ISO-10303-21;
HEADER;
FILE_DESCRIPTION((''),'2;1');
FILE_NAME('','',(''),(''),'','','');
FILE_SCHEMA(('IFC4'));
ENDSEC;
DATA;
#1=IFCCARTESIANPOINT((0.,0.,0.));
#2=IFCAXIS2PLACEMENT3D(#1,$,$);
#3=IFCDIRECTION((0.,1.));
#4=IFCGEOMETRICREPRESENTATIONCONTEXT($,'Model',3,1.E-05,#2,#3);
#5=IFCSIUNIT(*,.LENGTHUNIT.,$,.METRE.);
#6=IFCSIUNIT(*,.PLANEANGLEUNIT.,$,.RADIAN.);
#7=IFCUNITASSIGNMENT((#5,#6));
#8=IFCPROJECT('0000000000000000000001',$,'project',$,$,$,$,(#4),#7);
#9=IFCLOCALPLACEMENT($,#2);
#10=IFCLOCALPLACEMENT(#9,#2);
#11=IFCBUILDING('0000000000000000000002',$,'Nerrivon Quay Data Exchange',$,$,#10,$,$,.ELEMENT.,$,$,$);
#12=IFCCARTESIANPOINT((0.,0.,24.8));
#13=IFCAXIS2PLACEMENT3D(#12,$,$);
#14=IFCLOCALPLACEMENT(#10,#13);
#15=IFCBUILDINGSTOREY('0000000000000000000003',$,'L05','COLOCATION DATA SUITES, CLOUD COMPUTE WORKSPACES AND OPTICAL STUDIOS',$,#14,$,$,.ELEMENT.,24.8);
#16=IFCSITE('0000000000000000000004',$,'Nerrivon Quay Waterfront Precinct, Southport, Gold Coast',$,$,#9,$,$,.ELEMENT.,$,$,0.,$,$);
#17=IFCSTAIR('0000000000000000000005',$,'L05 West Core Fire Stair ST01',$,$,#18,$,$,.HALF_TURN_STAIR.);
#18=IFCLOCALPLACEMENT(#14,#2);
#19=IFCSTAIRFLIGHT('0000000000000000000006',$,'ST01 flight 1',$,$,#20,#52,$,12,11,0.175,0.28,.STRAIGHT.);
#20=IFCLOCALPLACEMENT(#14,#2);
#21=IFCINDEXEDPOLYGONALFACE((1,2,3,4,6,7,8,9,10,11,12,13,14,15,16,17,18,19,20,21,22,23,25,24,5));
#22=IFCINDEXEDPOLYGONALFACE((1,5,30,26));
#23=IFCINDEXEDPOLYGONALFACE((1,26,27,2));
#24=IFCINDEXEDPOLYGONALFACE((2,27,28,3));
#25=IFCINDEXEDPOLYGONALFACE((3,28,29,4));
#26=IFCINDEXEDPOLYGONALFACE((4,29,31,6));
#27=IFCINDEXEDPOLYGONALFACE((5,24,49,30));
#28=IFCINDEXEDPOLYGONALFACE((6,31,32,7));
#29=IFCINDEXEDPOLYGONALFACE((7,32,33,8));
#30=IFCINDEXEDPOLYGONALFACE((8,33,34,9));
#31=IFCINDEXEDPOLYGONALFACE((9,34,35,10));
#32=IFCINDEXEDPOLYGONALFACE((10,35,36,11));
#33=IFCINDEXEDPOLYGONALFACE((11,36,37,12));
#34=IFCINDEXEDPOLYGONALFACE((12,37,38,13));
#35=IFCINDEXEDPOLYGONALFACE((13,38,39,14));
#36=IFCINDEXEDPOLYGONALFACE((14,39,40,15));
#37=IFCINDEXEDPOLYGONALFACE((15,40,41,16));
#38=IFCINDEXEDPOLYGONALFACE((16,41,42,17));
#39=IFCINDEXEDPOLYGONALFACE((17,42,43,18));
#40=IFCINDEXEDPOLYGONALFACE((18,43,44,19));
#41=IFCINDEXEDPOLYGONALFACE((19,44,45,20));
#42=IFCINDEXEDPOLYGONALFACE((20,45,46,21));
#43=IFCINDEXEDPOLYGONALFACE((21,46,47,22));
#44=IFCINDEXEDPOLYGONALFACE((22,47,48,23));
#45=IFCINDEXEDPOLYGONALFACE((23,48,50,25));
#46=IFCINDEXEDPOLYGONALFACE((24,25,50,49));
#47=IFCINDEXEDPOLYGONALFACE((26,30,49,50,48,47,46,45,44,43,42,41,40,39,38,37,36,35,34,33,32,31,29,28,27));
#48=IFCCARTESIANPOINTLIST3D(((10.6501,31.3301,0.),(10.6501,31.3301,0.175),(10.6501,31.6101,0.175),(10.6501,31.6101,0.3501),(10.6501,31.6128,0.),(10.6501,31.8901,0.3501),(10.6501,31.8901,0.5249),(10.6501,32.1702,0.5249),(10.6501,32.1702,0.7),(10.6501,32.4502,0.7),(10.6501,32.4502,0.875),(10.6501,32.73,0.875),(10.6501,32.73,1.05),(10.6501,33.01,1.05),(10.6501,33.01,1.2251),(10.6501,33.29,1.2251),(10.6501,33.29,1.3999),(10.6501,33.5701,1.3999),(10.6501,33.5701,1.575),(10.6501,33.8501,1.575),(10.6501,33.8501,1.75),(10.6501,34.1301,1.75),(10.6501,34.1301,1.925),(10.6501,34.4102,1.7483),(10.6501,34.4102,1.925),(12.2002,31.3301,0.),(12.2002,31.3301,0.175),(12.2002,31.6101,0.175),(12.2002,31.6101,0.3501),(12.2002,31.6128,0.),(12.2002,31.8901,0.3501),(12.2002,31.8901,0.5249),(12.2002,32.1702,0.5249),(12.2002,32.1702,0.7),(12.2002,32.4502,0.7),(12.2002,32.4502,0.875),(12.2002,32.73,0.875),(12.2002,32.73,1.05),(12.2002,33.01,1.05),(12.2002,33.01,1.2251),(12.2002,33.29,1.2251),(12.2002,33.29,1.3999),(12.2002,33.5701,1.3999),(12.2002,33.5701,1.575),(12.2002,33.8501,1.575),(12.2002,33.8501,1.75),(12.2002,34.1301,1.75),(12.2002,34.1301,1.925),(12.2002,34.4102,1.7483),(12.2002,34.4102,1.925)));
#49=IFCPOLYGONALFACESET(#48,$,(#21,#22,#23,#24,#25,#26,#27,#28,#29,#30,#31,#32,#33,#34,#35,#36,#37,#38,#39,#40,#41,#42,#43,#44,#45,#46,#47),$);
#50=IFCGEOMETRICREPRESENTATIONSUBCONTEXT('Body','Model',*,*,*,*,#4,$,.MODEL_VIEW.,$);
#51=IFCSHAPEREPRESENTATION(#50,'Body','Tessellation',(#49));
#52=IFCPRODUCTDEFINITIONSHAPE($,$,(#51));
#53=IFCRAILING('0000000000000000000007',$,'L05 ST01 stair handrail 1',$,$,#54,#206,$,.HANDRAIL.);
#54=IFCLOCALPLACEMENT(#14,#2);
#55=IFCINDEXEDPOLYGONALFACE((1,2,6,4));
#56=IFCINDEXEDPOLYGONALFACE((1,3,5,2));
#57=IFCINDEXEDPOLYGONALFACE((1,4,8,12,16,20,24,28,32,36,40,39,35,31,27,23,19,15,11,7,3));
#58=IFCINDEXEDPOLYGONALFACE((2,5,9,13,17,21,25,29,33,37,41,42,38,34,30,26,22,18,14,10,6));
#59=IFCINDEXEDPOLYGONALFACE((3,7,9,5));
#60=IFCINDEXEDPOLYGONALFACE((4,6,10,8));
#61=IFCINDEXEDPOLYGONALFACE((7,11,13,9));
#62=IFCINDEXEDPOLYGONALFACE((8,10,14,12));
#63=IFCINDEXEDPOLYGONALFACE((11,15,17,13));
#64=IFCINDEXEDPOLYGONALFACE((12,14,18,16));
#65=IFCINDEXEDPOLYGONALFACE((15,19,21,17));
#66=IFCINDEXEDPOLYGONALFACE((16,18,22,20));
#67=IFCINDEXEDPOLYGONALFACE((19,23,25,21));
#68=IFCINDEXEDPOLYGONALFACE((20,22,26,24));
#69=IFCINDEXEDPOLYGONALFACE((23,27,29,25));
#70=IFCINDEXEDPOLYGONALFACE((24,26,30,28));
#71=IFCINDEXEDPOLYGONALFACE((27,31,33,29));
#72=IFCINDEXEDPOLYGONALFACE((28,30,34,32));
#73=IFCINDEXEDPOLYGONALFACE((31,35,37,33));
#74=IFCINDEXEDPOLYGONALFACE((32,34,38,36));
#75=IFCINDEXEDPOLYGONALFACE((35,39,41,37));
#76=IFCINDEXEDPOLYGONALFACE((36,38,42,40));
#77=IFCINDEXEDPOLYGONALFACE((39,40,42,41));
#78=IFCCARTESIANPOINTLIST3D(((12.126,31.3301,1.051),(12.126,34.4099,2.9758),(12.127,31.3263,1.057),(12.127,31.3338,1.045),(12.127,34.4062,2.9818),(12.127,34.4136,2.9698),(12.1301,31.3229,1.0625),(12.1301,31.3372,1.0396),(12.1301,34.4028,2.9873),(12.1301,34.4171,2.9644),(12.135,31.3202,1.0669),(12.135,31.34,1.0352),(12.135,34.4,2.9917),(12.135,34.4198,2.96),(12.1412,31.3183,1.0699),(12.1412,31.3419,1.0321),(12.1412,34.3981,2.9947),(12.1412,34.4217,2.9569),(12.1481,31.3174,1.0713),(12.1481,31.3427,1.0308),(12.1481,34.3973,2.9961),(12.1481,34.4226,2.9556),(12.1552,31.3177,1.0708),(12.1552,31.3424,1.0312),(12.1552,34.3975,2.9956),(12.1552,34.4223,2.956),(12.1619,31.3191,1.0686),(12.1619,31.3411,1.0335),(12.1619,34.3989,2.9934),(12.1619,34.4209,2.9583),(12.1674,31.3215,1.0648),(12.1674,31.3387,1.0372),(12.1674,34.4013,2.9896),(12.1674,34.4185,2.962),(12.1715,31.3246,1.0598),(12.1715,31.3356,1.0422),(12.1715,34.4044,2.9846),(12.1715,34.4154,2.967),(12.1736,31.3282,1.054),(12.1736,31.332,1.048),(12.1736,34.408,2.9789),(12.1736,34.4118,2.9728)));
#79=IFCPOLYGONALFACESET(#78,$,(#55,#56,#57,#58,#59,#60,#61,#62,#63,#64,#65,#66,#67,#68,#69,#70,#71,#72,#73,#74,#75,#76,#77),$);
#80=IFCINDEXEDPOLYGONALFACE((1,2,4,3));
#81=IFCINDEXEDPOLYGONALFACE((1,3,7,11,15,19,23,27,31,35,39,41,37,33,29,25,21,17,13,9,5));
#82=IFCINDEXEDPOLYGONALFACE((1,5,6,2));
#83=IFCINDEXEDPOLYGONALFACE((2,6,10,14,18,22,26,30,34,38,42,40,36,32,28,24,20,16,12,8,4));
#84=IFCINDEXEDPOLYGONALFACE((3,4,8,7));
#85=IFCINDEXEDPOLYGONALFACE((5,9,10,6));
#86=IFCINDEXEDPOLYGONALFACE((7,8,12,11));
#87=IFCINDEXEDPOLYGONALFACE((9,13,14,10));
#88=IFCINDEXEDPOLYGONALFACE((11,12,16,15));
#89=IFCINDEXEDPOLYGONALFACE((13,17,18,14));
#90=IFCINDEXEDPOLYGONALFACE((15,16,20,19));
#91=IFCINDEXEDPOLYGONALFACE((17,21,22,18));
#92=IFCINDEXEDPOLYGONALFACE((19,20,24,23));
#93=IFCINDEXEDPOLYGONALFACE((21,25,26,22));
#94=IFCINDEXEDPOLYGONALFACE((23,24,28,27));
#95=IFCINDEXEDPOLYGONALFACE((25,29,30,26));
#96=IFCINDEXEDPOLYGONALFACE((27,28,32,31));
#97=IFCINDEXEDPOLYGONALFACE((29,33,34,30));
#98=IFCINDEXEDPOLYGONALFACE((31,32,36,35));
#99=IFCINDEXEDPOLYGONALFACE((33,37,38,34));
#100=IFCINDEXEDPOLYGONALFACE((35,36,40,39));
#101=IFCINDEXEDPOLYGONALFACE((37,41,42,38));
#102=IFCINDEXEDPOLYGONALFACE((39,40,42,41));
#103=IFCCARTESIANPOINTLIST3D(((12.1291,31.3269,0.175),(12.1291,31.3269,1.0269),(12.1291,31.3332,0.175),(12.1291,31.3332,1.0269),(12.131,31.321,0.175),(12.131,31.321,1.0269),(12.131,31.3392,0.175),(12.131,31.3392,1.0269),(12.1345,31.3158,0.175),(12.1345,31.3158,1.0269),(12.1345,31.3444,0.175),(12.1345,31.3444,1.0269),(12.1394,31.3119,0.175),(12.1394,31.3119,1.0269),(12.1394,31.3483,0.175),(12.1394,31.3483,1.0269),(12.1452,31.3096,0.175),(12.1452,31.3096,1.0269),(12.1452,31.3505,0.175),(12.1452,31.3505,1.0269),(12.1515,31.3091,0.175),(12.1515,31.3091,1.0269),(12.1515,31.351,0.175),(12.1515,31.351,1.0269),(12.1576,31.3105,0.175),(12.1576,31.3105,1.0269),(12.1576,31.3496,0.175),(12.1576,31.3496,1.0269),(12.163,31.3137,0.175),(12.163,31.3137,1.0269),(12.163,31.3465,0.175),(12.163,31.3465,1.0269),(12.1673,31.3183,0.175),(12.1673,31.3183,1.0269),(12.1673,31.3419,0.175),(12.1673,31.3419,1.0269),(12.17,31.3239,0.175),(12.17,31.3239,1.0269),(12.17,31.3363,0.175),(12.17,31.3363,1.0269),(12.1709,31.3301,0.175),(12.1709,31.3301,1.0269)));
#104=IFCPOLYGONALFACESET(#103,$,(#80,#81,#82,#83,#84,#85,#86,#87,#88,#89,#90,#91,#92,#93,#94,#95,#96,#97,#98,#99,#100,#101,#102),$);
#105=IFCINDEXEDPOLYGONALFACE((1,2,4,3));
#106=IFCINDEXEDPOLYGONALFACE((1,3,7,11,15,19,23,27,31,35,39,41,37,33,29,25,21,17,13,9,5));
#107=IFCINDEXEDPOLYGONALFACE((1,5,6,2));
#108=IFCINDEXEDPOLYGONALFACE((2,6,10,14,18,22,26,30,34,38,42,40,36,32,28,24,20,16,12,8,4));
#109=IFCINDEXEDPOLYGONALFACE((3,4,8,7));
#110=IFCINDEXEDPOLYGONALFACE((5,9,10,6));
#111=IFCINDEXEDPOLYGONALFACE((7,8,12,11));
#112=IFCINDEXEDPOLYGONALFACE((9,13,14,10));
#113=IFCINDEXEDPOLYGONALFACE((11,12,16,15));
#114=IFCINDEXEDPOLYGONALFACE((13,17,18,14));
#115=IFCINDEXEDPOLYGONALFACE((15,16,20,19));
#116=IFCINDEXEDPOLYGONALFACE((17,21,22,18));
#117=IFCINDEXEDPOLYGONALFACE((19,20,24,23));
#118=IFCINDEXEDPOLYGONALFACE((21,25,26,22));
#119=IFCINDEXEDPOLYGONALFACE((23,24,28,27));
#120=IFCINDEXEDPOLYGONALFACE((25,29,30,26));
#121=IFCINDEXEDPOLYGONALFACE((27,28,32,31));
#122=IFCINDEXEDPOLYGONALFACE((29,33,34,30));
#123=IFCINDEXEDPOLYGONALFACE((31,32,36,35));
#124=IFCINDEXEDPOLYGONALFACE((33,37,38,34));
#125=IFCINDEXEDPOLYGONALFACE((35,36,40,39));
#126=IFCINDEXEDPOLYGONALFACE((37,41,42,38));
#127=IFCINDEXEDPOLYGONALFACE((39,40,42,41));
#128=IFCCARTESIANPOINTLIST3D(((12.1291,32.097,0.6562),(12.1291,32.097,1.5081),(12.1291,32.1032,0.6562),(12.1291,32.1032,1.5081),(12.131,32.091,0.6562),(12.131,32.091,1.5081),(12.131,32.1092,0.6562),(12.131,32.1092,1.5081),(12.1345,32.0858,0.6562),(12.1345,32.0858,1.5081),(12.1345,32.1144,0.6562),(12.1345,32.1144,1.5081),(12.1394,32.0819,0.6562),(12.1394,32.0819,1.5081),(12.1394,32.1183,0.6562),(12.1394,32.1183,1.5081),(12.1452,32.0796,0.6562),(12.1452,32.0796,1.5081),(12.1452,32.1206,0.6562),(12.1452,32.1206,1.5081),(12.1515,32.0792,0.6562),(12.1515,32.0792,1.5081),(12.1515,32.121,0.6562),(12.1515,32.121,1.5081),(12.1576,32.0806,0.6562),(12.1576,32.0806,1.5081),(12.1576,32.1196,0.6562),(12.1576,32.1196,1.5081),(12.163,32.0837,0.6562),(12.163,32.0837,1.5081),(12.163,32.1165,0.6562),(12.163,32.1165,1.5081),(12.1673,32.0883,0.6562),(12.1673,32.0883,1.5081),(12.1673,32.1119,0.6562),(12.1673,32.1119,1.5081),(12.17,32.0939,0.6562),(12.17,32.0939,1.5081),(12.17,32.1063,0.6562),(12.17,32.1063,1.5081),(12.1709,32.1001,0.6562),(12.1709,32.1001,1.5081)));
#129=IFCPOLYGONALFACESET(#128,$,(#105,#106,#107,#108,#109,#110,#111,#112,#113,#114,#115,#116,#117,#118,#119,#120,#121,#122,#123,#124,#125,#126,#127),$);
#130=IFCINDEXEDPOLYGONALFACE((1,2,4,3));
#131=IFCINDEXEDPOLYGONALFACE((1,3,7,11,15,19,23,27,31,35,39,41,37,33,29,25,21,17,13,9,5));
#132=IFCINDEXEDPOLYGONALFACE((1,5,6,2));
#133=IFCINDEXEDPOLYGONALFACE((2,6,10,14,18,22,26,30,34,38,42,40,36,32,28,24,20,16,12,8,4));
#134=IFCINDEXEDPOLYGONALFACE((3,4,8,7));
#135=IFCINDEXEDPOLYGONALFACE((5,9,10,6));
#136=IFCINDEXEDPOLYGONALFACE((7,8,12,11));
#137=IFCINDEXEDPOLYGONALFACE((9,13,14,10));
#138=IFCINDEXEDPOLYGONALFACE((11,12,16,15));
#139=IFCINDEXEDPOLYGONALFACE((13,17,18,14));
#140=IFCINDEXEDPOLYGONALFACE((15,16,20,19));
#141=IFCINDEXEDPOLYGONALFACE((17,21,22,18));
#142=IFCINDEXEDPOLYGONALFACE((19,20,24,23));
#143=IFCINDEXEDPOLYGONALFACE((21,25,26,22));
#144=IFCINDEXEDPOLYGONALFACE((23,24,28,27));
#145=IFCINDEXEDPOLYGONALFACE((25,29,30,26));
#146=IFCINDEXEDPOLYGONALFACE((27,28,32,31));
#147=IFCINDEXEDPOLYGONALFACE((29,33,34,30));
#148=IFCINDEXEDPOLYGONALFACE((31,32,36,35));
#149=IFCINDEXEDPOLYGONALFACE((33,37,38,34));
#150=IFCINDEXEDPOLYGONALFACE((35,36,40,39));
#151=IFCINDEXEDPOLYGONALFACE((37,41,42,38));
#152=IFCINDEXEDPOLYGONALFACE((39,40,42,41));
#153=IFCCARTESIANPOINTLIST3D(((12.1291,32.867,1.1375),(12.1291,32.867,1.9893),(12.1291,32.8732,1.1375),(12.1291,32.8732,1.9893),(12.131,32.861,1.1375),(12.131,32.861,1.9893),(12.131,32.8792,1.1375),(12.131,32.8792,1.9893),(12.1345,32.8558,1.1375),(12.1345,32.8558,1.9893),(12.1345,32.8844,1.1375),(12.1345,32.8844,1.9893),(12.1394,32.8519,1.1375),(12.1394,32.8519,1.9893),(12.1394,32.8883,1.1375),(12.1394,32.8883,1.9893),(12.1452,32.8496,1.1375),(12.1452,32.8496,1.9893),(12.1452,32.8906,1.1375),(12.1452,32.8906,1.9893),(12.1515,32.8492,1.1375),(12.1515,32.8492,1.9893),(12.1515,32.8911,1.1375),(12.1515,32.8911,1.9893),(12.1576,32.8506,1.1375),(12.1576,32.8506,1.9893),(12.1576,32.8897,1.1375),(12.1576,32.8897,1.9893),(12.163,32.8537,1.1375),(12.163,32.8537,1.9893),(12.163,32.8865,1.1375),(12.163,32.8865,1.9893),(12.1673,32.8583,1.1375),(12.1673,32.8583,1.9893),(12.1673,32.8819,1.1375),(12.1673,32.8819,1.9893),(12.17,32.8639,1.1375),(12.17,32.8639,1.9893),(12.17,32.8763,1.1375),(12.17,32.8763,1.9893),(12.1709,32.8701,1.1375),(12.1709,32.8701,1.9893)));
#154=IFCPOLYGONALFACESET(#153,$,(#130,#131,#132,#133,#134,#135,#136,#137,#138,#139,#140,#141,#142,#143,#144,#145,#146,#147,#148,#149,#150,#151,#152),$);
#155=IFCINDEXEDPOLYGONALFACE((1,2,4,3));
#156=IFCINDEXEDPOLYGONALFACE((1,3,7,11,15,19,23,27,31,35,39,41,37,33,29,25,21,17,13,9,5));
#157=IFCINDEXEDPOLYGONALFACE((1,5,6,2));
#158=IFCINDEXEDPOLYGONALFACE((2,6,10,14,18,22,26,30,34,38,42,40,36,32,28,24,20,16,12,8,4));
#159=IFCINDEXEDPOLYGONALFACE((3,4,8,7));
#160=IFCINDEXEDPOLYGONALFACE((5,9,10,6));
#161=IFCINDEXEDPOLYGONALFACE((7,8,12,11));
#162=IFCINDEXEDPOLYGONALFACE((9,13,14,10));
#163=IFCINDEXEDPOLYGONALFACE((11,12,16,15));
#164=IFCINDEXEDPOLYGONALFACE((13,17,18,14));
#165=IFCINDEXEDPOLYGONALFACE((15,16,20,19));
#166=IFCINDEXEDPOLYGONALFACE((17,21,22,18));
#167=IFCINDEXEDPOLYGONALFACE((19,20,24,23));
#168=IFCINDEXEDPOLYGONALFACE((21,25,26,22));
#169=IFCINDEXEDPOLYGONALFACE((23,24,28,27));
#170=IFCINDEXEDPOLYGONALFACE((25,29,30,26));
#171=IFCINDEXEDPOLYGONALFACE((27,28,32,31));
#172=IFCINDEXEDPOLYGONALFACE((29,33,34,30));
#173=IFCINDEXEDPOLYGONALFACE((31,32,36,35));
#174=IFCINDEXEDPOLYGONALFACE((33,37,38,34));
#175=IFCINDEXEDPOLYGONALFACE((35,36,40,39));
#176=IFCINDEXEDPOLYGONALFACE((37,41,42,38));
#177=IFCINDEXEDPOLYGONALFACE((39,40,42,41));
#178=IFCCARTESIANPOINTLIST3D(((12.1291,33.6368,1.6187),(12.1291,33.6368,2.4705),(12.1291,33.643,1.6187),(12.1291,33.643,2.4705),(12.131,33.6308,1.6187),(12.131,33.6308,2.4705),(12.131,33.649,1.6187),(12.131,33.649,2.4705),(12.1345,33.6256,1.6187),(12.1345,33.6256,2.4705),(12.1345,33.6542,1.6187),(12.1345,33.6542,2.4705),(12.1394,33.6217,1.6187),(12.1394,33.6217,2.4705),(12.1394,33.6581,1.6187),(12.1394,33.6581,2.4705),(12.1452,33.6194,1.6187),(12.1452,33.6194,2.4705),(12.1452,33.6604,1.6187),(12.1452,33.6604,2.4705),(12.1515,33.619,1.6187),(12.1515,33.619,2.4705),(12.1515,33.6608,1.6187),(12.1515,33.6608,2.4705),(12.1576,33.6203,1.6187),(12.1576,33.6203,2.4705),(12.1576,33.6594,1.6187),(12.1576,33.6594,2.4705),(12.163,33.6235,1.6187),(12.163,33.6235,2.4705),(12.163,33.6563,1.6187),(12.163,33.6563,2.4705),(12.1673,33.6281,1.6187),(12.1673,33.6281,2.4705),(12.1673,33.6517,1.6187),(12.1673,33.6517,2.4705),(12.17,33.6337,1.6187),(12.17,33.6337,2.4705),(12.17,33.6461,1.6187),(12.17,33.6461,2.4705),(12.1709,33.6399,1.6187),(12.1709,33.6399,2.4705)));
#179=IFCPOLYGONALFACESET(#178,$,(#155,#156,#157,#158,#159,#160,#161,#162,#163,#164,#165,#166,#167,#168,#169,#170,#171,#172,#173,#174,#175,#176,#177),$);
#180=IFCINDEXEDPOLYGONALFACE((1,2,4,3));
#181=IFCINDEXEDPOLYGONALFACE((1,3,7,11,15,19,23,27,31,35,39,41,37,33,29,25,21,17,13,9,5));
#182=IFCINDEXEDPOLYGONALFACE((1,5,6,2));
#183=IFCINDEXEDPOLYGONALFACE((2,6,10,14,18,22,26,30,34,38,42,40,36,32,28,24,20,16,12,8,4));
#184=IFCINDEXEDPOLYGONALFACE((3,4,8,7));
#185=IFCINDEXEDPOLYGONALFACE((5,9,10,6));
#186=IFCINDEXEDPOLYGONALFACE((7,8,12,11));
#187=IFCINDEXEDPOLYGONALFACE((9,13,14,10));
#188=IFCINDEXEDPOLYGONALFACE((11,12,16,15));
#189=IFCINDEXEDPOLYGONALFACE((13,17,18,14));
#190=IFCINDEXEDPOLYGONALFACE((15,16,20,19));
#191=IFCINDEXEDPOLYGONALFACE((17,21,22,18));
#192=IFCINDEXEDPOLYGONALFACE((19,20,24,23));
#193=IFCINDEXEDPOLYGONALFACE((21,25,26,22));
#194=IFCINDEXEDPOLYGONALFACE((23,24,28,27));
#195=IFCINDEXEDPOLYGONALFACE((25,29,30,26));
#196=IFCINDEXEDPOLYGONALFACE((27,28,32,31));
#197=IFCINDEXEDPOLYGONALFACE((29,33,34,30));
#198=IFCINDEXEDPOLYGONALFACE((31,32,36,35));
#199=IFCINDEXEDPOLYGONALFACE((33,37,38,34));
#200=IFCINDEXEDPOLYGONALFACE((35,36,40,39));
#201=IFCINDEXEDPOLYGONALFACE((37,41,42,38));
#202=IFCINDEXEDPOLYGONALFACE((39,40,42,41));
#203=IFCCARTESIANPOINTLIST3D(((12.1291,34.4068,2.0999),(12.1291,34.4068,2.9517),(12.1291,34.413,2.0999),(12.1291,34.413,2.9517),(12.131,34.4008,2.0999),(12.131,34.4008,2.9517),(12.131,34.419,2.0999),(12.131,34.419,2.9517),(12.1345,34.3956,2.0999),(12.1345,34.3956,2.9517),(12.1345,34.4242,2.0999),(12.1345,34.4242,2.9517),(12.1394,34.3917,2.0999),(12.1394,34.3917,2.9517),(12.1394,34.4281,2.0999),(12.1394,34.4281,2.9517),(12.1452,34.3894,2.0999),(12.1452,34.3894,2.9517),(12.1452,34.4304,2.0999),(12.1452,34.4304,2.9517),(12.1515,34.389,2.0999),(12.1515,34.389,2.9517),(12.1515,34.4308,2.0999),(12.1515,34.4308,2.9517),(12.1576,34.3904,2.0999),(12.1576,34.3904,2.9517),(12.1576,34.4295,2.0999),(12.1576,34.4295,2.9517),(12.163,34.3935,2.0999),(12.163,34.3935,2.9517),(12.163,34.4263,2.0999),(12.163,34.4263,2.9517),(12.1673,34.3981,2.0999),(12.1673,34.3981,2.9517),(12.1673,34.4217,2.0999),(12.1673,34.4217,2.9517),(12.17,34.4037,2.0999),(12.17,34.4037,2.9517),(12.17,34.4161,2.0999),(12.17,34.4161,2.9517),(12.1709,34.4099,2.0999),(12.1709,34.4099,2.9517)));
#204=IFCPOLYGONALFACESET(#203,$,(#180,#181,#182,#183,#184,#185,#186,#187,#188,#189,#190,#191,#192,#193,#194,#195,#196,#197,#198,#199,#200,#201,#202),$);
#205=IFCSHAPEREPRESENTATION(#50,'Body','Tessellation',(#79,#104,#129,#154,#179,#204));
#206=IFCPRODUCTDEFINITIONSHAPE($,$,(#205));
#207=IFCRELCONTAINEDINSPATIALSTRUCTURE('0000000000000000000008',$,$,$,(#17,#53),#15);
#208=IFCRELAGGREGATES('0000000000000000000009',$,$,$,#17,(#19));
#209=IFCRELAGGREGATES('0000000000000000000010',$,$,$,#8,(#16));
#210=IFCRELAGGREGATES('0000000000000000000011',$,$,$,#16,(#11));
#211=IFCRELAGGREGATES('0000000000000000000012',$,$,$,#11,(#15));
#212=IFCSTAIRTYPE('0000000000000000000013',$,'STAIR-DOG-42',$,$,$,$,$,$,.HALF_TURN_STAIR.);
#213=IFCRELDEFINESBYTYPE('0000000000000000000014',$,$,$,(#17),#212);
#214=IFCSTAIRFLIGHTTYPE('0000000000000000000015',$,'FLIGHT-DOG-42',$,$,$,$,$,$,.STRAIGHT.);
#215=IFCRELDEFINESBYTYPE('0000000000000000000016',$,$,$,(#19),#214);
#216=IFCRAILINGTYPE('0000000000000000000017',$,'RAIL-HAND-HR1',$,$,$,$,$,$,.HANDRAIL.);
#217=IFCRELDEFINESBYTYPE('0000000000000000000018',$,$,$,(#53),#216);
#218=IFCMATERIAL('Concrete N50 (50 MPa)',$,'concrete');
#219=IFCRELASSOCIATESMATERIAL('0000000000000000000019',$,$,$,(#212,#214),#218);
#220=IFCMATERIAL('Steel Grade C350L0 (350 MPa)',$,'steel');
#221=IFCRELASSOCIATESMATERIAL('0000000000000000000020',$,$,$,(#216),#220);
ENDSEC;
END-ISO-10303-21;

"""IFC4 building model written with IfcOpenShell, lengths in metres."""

from ifc_helpers import new_model, si_unit, direction, frame, origin, origin_2d, place, context, subcontext, project, spatial, polyline, circle, outline, extrude, material, type_object, element, aggregate, save


model = new_model("IFC4")

# Units and contexts
model_context = context("Model", 3, precision=1e-05, world=origin(), true_north=direction((0.0, 1.0)))
body_context = subcontext(model_context, "Body", "Model", "MODEL_VIEW")
ifc_project = project(units=[si_unit("LENGTHUNIT", "METRE"), si_unit("PLANEANGLEUNIT", "RADIAN")], contexts=[model_context])

# Site, building, storey
site_placement = place(None, origin())
site = spatial("IfcSite", under=ifc_project, at=site_placement, Name="Nerrivon Quay Waterfront Precinct, Southport, Gold Coast", CompositionType="ELEMENT", RefElevation=0.0)
building_placement = place(site_placement, origin())
building = spatial("IfcBuilding", under=site, at=building_placement, Name="Nerrivon Quay Data Exchange", CompositionType="ELEMENT")
storey_placement = place(building_placement, frame((0.0, 0.0, 24.8)))
storey = spatial("IfcBuildingStorey", under=building, at=storey_placement, Name="L05", Description="COLOCATION DATA SUITES, CLOUD COMPUTE WORKSPACES AND OPTICAL STUDIOS", CompositionType="ELEMENT", Elevation=24.8)

# Shared definitions
ifc_material_1 = material(Name="Concrete N50 (50 MPa)", Category="concrete")

# Stair, stair flight
stair_type = type_object("IfcStairType", Name="STAIR-DOG-42", PredefinedType="HALF_TURN_STAIR", material=ifc_material_1)
stair_placement = place(storey_placement, origin())
stair = element("IfcStair", 1, at=stair_placement, inside=storey, type_object=stair_type, Name="L05 West Core Fire Stair ST01", PredefinedType="HALF_TURN_STAIR")
stair_flight_type = type_object("IfcStairFlightType", Name="FLIGHT-DOG-42", PredefinedType="STRAIGHT", material=ifc_material_1)
stair_flight_placement = place(storey_placement, frame((11.425, 31.3301, 0.0), z_axis=(0.0, 0.0, 1.0), x_axis=(0.0, 1.0, 0.0)))
stair_flight = element("IfcStairFlight", 2, at=stair_flight_placement, type_object=stair_flight_type, Name="ST01 flight 1", NumberOfRisers=12, NumberOfTreads=11, PredefinedType="STRAIGHT", RiserHeight=0.175, TreadLength=0.28, context=body_context, shape_type="SweptSolid", body=[
    extrude(outline(polyline([(0.0, 0.0), (0.0, 0.175), (0.28, 0.175), (0.28, 0.3501), (0.5601, 0.3501), (0.5601, 0.5249), (0.8401, 0.5249), (0.8401, 0.7), (1.1201, 0.7), (1.1201, 0.875), (1.3999, 0.875), (1.3999, 1.05), (1.6799, 1.05), (1.6799, 1.2251), (1.96, 1.2251), (1.96, 1.3999), (2.24, 1.3999), (2.24, 1.575), (2.52, 1.575), (2.52, 1.75), (2.8, 1.75), (2.8, 1.925), (3.0801, 1.925), (3.0801, 2.1001), (3.0801, 1.7483), (0.2827, 0.0), (0.0, 0.0)])), frame((0.0, 0.7749, 0.0), z_axis=(0.0, -1.0, 0.0), x_axis=(1.0, 0.0, 0.0)), (0.0, 0.0, 1.0), 1.55),
])
aggregate(stair, [stair_flight])

# Railing
ifc_material_2 = material(Name="Steel Grade C350L0 (350 MPa)", Category="steel")
railing_type_1 = type_object("IfcRailingType", Name="RAIL-HAND-HR1", PredefinedType="HANDRAIL", material=ifc_material_2)
railing_1_placement = place(storey_placement, frame((12.1499, 31.3301, 0.175)))
element("IfcRailing", 3, at=railing_1_placement, inside=storey, type_object=railing_type_1, Name="L05 ST01 stair handrail 1", PredefinedType="HANDRAIL", context=body_context, shape_type="SweptSolid", body=[
    extrude(circle(Radius=0.0239, at=origin_2d()), frame((0.0, 0.0, 0.876), z_axis=(0.0, 0.84801, 0.529981), x_axis=(-1.0, 0.0, 0.0)), (0.0, 0.0, 1.0), 3.6318),
    extrude(circle(Radius=0.021, at=origin_2d()), origin(), (0.0, 0.0, 1.0), 0.8518),
    extrude(circle(Radius=0.021, at=origin_2d()), frame((0.0, 0.77, 0.4812)), (0.0, 0.0, 1.0), 0.8518),
    extrude(circle(Radius=0.021, at=origin_2d()), frame((0.0, 1.54, 0.9624)), (0.0, 0.0, 1.0), 0.8518),
    extrude(circle(Radius=0.021, at=origin_2d()), frame((0.0, 2.3098, 1.4436)), (0.0, 0.0, 1.0), 0.8518),
    extrude(circle(Radius=0.021, at=origin_2d()), frame((0.0, 3.0798, 1.9248)), (0.0, 0.0, 1.0), 0.8518),
])

save(model, "model.ifc")
